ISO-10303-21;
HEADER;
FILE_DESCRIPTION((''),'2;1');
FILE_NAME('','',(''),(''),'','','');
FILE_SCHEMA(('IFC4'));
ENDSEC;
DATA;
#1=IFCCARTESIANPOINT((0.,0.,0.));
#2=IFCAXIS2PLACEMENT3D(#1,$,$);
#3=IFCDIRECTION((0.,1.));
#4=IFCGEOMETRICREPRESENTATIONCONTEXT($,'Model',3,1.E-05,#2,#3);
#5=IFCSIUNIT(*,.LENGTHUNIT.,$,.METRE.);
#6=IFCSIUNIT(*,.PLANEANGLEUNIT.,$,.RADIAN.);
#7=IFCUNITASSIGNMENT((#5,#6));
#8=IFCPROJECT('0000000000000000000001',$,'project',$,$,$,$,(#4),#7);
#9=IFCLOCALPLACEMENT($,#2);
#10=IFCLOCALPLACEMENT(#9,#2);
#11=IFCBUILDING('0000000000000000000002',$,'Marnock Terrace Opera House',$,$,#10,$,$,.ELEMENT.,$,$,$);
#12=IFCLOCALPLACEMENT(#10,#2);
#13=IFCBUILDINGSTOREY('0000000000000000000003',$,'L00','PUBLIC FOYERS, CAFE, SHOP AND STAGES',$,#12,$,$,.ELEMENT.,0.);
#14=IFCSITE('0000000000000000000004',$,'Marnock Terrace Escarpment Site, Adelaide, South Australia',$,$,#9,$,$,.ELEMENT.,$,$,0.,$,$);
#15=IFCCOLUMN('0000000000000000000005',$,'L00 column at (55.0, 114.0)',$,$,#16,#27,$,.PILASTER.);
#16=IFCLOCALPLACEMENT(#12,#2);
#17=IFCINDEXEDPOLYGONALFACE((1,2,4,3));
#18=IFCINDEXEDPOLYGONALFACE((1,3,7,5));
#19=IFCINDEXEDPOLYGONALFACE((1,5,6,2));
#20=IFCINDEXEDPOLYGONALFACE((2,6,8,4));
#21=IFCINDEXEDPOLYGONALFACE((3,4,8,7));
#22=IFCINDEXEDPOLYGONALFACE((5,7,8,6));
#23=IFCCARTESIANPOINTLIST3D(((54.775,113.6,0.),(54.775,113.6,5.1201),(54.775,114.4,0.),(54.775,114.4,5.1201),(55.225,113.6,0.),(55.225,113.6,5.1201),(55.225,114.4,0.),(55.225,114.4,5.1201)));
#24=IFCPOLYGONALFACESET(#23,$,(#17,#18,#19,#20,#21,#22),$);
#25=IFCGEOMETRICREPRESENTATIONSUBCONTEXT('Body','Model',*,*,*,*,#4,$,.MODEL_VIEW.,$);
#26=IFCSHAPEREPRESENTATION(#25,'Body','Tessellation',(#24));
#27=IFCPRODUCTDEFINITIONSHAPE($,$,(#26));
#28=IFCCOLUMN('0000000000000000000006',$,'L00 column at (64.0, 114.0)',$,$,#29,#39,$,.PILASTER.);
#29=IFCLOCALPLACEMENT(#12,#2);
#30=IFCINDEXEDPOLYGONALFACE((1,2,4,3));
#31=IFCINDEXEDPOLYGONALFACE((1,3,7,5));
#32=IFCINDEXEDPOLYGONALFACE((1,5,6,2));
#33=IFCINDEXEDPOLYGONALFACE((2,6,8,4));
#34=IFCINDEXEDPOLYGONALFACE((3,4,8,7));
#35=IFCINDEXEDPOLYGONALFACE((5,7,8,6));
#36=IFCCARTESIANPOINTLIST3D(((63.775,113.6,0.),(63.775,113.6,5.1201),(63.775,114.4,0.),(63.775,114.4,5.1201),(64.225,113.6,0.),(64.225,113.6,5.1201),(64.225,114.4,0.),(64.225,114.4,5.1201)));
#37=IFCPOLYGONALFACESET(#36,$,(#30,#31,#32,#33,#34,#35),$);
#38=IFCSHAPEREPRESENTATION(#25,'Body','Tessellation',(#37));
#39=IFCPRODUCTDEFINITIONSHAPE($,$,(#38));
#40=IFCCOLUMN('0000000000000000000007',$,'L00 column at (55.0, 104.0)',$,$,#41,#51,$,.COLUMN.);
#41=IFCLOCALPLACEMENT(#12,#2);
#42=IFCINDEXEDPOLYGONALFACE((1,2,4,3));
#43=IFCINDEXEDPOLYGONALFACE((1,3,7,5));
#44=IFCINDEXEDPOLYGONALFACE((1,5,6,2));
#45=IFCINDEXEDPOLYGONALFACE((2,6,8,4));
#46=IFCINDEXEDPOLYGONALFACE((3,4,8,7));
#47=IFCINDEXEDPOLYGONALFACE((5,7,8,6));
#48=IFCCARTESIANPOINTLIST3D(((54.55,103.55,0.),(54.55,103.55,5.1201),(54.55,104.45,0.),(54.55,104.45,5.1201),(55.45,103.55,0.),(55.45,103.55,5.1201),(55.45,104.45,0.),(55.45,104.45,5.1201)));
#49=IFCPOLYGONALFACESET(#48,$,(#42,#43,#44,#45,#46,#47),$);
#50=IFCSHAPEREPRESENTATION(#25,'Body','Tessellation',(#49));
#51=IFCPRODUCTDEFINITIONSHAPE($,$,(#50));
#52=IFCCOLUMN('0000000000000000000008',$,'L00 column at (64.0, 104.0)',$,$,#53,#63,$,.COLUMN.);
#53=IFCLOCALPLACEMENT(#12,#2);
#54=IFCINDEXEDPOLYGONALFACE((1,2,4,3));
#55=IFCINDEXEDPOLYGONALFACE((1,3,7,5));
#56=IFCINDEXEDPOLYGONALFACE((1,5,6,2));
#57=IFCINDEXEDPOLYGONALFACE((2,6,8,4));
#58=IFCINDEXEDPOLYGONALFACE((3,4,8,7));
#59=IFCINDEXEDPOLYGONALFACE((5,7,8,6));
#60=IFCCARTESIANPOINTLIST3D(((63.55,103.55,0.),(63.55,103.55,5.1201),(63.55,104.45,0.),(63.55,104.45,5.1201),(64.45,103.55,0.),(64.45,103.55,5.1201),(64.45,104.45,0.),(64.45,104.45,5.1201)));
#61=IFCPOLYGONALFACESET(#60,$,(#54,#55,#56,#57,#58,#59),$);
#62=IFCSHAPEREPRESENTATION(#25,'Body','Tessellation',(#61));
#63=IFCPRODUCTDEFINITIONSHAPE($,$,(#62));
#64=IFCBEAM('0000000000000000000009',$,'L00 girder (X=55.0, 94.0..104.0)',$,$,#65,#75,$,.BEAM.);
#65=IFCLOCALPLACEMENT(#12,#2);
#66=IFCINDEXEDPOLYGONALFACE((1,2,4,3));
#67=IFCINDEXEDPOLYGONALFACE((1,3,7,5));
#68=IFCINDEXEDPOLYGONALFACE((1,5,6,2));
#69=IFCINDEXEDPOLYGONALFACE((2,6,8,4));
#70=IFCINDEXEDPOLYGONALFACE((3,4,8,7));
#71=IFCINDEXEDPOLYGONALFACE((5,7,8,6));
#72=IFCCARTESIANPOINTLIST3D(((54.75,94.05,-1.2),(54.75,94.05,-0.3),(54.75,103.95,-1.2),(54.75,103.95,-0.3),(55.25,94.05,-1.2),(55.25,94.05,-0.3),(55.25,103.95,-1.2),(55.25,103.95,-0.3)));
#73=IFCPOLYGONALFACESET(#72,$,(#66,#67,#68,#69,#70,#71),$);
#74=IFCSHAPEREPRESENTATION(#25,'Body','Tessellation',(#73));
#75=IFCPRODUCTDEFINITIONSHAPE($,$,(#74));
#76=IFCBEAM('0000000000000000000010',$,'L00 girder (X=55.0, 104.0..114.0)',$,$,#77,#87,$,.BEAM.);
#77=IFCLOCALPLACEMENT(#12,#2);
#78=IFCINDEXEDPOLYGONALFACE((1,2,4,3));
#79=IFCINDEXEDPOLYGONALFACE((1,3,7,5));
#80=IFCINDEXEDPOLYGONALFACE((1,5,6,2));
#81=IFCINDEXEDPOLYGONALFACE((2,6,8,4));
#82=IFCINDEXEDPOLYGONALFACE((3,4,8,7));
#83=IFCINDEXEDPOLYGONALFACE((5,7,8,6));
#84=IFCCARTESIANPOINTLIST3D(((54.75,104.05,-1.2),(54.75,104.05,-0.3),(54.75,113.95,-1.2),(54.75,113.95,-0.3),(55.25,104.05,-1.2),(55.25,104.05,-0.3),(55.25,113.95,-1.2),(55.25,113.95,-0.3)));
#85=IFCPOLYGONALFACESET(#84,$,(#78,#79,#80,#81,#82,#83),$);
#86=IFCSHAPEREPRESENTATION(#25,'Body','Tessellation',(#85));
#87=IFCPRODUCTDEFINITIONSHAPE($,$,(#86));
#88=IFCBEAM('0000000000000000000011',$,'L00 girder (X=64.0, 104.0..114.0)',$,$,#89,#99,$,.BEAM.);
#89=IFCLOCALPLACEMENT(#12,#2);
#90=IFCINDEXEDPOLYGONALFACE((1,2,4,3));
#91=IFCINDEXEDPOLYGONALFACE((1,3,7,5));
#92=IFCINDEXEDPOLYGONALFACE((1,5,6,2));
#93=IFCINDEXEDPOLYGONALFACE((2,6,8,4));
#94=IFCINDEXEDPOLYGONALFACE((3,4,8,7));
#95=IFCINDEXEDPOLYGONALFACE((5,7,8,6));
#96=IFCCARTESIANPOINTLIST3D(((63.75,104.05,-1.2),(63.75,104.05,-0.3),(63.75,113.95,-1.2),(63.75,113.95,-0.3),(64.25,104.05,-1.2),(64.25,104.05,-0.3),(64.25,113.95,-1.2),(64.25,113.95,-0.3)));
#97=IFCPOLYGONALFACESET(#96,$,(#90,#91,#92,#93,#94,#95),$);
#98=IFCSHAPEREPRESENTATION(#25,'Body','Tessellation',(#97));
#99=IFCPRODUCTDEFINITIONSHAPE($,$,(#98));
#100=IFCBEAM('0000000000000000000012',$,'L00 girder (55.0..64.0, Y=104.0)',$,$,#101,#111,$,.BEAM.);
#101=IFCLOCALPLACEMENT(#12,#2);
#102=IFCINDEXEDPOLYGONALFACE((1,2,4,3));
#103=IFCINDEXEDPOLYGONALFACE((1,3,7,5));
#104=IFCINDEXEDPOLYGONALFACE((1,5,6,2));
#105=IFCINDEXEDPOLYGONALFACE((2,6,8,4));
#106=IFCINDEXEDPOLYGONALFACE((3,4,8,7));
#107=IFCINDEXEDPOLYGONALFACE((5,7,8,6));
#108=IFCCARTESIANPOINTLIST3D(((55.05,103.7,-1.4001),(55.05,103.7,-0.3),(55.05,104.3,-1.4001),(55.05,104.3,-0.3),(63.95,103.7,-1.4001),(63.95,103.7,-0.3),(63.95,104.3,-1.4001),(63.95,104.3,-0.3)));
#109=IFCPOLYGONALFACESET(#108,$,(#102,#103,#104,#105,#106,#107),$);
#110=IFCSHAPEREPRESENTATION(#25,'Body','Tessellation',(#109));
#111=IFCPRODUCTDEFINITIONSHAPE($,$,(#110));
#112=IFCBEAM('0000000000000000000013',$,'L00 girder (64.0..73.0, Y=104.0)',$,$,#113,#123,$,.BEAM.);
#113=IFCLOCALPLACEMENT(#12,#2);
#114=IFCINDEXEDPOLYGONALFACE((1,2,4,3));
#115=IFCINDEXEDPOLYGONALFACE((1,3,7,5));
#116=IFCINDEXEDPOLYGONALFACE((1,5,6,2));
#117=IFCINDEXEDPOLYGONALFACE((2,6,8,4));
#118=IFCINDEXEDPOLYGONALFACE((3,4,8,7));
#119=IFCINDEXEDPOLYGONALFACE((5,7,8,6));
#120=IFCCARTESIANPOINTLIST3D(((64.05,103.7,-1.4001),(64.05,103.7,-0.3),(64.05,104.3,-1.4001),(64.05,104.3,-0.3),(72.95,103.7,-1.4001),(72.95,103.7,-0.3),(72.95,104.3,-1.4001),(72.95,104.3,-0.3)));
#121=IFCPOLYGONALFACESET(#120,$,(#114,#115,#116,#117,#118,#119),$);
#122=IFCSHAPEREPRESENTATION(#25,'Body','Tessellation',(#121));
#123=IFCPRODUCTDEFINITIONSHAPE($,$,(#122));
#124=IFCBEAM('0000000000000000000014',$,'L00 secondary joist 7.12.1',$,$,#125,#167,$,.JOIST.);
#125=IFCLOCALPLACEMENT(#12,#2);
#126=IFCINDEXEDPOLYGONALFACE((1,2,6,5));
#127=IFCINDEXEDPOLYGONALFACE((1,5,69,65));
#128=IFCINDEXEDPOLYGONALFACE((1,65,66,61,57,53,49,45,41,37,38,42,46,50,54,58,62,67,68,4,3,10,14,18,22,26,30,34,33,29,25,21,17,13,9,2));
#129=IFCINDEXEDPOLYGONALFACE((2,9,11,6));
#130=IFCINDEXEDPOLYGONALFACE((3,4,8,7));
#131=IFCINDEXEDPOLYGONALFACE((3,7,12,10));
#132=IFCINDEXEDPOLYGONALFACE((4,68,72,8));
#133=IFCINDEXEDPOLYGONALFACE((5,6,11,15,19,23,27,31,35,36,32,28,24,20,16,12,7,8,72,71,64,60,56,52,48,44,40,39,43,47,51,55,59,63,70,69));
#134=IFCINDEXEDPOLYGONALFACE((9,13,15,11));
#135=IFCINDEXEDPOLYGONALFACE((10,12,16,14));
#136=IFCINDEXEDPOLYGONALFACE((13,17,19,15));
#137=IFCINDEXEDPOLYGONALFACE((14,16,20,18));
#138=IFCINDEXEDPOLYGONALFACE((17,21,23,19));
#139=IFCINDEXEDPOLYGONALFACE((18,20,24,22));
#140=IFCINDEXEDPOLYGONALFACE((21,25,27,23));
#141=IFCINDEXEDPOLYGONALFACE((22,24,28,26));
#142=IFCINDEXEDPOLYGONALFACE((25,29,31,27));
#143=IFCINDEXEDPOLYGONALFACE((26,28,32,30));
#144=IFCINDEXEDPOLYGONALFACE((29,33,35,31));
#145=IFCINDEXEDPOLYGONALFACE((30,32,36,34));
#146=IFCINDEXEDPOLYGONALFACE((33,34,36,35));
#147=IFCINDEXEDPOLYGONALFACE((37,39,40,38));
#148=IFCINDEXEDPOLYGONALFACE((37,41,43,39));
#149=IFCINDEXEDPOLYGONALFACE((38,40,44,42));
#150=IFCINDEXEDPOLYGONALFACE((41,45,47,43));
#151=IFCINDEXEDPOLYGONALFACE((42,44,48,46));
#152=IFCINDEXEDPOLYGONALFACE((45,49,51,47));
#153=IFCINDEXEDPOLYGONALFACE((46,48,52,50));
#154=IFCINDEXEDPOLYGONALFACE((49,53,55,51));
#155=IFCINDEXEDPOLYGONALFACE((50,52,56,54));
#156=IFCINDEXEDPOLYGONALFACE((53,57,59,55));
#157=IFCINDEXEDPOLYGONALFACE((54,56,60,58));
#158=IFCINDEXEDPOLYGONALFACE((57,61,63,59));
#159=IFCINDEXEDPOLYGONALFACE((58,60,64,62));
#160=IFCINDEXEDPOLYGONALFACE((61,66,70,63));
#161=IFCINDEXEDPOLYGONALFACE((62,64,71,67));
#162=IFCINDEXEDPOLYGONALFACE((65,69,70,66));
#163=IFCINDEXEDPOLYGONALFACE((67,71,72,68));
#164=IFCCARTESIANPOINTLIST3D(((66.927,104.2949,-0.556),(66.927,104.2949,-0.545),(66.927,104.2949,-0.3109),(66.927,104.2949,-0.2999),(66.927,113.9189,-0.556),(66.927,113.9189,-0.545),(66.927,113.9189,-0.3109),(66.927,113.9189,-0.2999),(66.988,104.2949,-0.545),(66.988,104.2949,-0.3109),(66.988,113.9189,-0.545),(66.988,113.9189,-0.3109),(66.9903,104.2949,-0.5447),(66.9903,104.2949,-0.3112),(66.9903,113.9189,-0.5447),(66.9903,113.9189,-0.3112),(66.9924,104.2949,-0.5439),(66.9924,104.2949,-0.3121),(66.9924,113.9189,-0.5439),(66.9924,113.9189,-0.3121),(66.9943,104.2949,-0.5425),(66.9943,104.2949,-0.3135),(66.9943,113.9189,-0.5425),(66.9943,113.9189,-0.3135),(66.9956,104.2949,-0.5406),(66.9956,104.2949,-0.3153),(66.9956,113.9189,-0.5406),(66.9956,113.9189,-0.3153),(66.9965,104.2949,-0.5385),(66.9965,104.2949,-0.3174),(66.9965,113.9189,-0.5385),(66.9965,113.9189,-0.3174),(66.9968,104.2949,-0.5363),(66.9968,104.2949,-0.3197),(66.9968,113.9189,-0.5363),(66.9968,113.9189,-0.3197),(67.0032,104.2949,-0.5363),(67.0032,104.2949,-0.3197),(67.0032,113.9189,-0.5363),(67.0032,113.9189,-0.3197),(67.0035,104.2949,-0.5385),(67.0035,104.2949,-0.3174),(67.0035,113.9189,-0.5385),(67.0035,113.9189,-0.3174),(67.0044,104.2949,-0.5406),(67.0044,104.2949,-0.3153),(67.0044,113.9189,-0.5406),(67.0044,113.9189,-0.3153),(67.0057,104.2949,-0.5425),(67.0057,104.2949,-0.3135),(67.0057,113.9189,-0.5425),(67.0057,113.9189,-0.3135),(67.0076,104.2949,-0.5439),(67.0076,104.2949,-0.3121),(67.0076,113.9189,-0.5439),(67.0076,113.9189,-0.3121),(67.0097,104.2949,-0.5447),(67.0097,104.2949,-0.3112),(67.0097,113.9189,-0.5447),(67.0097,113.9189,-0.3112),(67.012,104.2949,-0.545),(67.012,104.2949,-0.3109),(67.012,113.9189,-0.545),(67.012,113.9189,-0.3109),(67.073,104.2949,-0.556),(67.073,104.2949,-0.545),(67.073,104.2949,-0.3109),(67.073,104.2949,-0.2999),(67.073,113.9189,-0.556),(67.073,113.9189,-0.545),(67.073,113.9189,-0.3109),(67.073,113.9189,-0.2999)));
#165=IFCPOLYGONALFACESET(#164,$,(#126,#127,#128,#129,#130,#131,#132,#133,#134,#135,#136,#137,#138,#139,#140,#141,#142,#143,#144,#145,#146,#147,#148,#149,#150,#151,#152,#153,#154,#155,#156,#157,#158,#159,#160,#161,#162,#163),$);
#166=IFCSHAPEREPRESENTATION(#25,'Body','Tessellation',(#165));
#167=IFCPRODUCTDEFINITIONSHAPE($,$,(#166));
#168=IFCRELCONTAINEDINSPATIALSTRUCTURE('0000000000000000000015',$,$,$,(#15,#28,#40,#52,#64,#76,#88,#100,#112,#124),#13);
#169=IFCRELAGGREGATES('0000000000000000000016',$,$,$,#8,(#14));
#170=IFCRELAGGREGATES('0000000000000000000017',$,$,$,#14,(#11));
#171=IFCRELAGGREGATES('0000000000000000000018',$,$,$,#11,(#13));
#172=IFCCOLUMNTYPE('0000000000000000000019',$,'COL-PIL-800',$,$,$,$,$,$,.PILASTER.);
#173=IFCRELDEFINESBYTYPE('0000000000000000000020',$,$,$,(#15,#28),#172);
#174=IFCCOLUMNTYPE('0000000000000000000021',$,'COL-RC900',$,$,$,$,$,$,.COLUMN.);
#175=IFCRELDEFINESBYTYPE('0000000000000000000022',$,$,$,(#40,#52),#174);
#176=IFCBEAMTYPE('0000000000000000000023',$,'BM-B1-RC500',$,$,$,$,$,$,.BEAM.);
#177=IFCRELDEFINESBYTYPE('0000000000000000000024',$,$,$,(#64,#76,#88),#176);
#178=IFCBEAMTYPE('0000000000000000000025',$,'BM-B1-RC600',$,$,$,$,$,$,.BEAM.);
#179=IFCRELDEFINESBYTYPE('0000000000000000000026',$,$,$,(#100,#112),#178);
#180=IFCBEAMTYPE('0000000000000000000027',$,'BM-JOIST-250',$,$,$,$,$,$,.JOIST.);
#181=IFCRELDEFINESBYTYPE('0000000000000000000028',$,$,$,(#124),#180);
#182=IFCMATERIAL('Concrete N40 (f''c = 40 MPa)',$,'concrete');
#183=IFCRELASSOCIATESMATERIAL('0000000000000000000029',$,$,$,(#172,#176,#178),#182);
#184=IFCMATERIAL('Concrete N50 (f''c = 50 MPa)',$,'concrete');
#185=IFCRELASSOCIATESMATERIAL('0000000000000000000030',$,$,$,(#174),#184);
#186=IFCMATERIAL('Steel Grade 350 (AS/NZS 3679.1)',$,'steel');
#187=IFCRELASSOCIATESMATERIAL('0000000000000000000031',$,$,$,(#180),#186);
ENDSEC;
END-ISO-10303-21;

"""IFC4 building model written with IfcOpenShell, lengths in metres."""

from ifc_helpers import new_model, si_unit, direction, frame, origin, origin_2d, place, context, subcontext, project, spatial, rectangle, i_section, extrude, material, material_profile, profile_set, type_object, element, save


model = new_model("IFC4")

# Units and contexts
model_context = context("Model", 3, precision=1e-05, world=origin(), true_north=direction((0.0, 1.0)))
body_context = subcontext(model_context, "Body", "Model", "MODEL_VIEW")
ifc_project = project(units=[si_unit("LENGTHUNIT", "METRE"), si_unit("PLANEANGLEUNIT", "RADIAN")], contexts=[model_context])

# Site, building, storey
site_placement = place(None, origin())
site = spatial("IfcSite", under=ifc_project, at=site_placement, Name="Marnock Terrace Escarpment Site, Adelaide, South Australia", CompositionType="ELEMENT", RefElevation=0.0)
building_placement = place(site_placement, origin())
building = spatial("IfcBuilding", under=site, at=building_placement, Name="Marnock Terrace Opera House", CompositionType="ELEMENT")
storey_placement = place(building_placement, origin())
storey = spatial("IfcBuildingStorey", under=building, at=storey_placement, Name="L00", Description="PUBLIC FOYERS, CAFE, SHOP AND STAGES", CompositionType="ELEMENT", Elevation=0.0)

# Columns
ifc_material_1 = material(Name="Concrete N40 (f'c = 40 MPa)", Category="concrete")
ifc_material_profile_1 = material_profile(ifc_material_1, rectangle(XDim=0.45, YDim=0.8, at=origin_2d()))
ifc_profile_set_1 = profile_set([ifc_material_profile_1], Name="Concrete N40 (f'c = 40 MPa)")
column_type_1 = type_object("IfcColumnType", Name="COL-PIL-800", PredefinedType="PILASTER", material=ifc_profile_set_1)
for number, where, z_axis, x_axis, name in (
    (1, (55.0, 114.0, 0.0), (0.0, 0.0, 1.0), (1.0, 0.0, 0.0), "L00 column at (55.0, 114.0)"),
    (2, (64.0, 114.0, 0.0), (0.0, 0.0, 1.0), (1.0, 0.0, 0.0), "L00 column at (64.0, 114.0)"),
):
    element("IfcColumn", number, at=place(storey_placement, frame(where, z_axis=z_axis, x_axis=x_axis)), inside=storey, type_object=column_type_1, Name=name, PredefinedType="PILASTER", context=body_context, shape_type="SweptSolid", body=[
        extrude(rectangle(XDim=0.45, YDim=0.8, at=origin_2d()), origin(), (0.0, 0.0, 1.0), 5.1201),
    ])
ifc_material_2 = material(Name="Concrete N50 (f'c = 50 MPa)", Category="concrete")
ifc_material_profile_2 = material_profile(ifc_material_2, rectangle(XDim=0.8999, YDim=0.8999, at=origin_2d()))
ifc_profile_set_2 = profile_set([ifc_material_profile_2], Name="Concrete N50 (f'c = 50 MPa)")
column_type_2 = type_object("IfcColumnType", Name="COL-RC900", PredefinedType="COLUMN", material=ifc_profile_set_2)
for number, where, z_axis, x_axis, name in (
    (3, (55.0, 104.0, 0.0), (0.0, 0.0, 1.0), (1.0, 0.0, 0.0), "L00 column at (55.0, 104.0)"),
    (4, (64.0, 104.0, 0.0), (0.0, 0.0, 1.0), (1.0, 0.0, 0.0), "L00 column at (64.0, 104.0)"),
):
    element("IfcColumn", number, at=place(storey_placement, frame(where, z_axis=z_axis, x_axis=x_axis)), inside=storey, type_object=column_type_2, Name=name, PredefinedType="COLUMN", context=body_context, shape_type="SweptSolid", body=[
        extrude(rectangle(XDim=0.8999, YDim=0.8999, at=origin_2d()), origin(), (0.0, 0.0, 1.0), 5.1201),
    ])

# Beams
ifc_material_profile_3 = material_profile(ifc_material_1, rectangle(XDim=0.5, YDim=0.8999, at=origin_2d()))
ifc_profile_set_3 = profile_set([ifc_material_profile_3], Name="Concrete N40 (f'c = 40 MPa)")
beam_type_1 = type_object("IfcBeamType", Name="BM-B1-RC500", PredefinedType="BEAM", material=ifc_profile_set_3)
for number, where, z_axis, x_axis, name in (
    (5, (55.0, 94.05, -0.75), (0.0, 1.0, 0.0), (-1.0, 0.0, 0.0), "L00 girder (X=55.0, 94.0..104.0)"),
    (6, (55.0, 104.05, -0.75), (0.0, 1.0, 0.0), (-1.0, 0.0, 0.0), "L00 girder (X=55.0, 104.0..114.0)"),
    (7, (64.0, 104.05, -0.75), (0.0, 1.0, 0.0), (-1.0, 0.0, 0.0), "L00 girder (X=64.0, 104.0..114.0)"),
):
    element("IfcBeam", number, at=place(storey_placement, frame(where, z_axis=z_axis, x_axis=x_axis)), inside=storey, type_object=beam_type_1, Name=name, PredefinedType="BEAM", context=body_context, shape_type="SweptSolid", body=[
        extrude(rectangle(XDim=0.5, YDim=0.8999, at=origin_2d()), origin(), (0.0, 0.0, 1.0), 9.8999),
    ])
ifc_material_profile_4 = material_profile(ifc_material_1, rectangle(XDim=0.6001, YDim=1.1001, at=origin_2d()))
ifc_profile_set_4 = profile_set([ifc_material_profile_4], Name="Concrete N40 (f'c = 40 MPa)")
beam_type_2 = type_object("IfcBeamType", Name="BM-B1-RC600", PredefinedType="BEAM", material=ifc_profile_set_4)
for number, where, z_axis, x_axis, name in (
    (8, (55.05, 104.0, -0.8501), (1.0, 0.0, 0.0), (0.0, 1.0, 0.0), "L00 girder (55.0..64.0, Y=104.0)"),
    (9, (64.05, 104.0, -0.8501), (1.0, 0.0, 0.0), (0.0, 1.0, 0.0), "L00 girder (64.0..73.0, Y=104.0)"),
):
    element("IfcBeam", number, at=place(storey_placement, frame(where, z_axis=z_axis, x_axis=x_axis)), inside=storey, type_object=beam_type_2, Name=name, PredefinedType="BEAM", context=body_context, shape_type="SweptSolid", body=[
        extrude(rectangle(XDim=0.6001, YDim=1.1001, at=origin_2d()), origin(), (0.0, 0.0, 1.0), 8.8999),
    ])
ifc_material_3 = material(Name="Steel Grade 350 (AS/NZS 3679.1)", Category="steel")
ifc_material_profile_5 = material_profile(ifc_material_3, i_section(OverallWidth=0.146, OverallDepth=0.2561, WebThickness=0.0063, FlangeThickness=0.011, FilletRadius=0.0088, at=origin_2d()))
ifc_profile_set_5 = profile_set([ifc_material_profile_5], Name="Steel Grade 350 (AS/NZS 3679.1)")
beam_type_3 = type_object("IfcBeamType", Name="BM-JOIST-250", PredefinedType="JOIST", material=ifc_profile_set_5)
for number, where, z_axis, x_axis, name in (
    (10, (67.0, 104.2949, -0.428), (0.0, 1.0, 0.0), (-1.0, 0.0, 0.0), "L00 secondary joist 7.12.1"),
):
    element("IfcBeam", number, at=place(storey_placement, frame(where, z_axis=z_axis, x_axis=x_axis)), inside=storey, type_object=beam_type_3, Name=name, PredefinedType="JOIST", context=body_context, shape_type="SweptSolid", body=[
        extrude(i_section(OverallWidth=0.146, OverallDepth=0.2561, WebThickness=0.0063, FlangeThickness=0.011, FilletRadius=0.0088, at=origin_2d()), origin(), (0.0, 0.0, 1.0), 9.624),
    ])

save(model, "model.ifc")
